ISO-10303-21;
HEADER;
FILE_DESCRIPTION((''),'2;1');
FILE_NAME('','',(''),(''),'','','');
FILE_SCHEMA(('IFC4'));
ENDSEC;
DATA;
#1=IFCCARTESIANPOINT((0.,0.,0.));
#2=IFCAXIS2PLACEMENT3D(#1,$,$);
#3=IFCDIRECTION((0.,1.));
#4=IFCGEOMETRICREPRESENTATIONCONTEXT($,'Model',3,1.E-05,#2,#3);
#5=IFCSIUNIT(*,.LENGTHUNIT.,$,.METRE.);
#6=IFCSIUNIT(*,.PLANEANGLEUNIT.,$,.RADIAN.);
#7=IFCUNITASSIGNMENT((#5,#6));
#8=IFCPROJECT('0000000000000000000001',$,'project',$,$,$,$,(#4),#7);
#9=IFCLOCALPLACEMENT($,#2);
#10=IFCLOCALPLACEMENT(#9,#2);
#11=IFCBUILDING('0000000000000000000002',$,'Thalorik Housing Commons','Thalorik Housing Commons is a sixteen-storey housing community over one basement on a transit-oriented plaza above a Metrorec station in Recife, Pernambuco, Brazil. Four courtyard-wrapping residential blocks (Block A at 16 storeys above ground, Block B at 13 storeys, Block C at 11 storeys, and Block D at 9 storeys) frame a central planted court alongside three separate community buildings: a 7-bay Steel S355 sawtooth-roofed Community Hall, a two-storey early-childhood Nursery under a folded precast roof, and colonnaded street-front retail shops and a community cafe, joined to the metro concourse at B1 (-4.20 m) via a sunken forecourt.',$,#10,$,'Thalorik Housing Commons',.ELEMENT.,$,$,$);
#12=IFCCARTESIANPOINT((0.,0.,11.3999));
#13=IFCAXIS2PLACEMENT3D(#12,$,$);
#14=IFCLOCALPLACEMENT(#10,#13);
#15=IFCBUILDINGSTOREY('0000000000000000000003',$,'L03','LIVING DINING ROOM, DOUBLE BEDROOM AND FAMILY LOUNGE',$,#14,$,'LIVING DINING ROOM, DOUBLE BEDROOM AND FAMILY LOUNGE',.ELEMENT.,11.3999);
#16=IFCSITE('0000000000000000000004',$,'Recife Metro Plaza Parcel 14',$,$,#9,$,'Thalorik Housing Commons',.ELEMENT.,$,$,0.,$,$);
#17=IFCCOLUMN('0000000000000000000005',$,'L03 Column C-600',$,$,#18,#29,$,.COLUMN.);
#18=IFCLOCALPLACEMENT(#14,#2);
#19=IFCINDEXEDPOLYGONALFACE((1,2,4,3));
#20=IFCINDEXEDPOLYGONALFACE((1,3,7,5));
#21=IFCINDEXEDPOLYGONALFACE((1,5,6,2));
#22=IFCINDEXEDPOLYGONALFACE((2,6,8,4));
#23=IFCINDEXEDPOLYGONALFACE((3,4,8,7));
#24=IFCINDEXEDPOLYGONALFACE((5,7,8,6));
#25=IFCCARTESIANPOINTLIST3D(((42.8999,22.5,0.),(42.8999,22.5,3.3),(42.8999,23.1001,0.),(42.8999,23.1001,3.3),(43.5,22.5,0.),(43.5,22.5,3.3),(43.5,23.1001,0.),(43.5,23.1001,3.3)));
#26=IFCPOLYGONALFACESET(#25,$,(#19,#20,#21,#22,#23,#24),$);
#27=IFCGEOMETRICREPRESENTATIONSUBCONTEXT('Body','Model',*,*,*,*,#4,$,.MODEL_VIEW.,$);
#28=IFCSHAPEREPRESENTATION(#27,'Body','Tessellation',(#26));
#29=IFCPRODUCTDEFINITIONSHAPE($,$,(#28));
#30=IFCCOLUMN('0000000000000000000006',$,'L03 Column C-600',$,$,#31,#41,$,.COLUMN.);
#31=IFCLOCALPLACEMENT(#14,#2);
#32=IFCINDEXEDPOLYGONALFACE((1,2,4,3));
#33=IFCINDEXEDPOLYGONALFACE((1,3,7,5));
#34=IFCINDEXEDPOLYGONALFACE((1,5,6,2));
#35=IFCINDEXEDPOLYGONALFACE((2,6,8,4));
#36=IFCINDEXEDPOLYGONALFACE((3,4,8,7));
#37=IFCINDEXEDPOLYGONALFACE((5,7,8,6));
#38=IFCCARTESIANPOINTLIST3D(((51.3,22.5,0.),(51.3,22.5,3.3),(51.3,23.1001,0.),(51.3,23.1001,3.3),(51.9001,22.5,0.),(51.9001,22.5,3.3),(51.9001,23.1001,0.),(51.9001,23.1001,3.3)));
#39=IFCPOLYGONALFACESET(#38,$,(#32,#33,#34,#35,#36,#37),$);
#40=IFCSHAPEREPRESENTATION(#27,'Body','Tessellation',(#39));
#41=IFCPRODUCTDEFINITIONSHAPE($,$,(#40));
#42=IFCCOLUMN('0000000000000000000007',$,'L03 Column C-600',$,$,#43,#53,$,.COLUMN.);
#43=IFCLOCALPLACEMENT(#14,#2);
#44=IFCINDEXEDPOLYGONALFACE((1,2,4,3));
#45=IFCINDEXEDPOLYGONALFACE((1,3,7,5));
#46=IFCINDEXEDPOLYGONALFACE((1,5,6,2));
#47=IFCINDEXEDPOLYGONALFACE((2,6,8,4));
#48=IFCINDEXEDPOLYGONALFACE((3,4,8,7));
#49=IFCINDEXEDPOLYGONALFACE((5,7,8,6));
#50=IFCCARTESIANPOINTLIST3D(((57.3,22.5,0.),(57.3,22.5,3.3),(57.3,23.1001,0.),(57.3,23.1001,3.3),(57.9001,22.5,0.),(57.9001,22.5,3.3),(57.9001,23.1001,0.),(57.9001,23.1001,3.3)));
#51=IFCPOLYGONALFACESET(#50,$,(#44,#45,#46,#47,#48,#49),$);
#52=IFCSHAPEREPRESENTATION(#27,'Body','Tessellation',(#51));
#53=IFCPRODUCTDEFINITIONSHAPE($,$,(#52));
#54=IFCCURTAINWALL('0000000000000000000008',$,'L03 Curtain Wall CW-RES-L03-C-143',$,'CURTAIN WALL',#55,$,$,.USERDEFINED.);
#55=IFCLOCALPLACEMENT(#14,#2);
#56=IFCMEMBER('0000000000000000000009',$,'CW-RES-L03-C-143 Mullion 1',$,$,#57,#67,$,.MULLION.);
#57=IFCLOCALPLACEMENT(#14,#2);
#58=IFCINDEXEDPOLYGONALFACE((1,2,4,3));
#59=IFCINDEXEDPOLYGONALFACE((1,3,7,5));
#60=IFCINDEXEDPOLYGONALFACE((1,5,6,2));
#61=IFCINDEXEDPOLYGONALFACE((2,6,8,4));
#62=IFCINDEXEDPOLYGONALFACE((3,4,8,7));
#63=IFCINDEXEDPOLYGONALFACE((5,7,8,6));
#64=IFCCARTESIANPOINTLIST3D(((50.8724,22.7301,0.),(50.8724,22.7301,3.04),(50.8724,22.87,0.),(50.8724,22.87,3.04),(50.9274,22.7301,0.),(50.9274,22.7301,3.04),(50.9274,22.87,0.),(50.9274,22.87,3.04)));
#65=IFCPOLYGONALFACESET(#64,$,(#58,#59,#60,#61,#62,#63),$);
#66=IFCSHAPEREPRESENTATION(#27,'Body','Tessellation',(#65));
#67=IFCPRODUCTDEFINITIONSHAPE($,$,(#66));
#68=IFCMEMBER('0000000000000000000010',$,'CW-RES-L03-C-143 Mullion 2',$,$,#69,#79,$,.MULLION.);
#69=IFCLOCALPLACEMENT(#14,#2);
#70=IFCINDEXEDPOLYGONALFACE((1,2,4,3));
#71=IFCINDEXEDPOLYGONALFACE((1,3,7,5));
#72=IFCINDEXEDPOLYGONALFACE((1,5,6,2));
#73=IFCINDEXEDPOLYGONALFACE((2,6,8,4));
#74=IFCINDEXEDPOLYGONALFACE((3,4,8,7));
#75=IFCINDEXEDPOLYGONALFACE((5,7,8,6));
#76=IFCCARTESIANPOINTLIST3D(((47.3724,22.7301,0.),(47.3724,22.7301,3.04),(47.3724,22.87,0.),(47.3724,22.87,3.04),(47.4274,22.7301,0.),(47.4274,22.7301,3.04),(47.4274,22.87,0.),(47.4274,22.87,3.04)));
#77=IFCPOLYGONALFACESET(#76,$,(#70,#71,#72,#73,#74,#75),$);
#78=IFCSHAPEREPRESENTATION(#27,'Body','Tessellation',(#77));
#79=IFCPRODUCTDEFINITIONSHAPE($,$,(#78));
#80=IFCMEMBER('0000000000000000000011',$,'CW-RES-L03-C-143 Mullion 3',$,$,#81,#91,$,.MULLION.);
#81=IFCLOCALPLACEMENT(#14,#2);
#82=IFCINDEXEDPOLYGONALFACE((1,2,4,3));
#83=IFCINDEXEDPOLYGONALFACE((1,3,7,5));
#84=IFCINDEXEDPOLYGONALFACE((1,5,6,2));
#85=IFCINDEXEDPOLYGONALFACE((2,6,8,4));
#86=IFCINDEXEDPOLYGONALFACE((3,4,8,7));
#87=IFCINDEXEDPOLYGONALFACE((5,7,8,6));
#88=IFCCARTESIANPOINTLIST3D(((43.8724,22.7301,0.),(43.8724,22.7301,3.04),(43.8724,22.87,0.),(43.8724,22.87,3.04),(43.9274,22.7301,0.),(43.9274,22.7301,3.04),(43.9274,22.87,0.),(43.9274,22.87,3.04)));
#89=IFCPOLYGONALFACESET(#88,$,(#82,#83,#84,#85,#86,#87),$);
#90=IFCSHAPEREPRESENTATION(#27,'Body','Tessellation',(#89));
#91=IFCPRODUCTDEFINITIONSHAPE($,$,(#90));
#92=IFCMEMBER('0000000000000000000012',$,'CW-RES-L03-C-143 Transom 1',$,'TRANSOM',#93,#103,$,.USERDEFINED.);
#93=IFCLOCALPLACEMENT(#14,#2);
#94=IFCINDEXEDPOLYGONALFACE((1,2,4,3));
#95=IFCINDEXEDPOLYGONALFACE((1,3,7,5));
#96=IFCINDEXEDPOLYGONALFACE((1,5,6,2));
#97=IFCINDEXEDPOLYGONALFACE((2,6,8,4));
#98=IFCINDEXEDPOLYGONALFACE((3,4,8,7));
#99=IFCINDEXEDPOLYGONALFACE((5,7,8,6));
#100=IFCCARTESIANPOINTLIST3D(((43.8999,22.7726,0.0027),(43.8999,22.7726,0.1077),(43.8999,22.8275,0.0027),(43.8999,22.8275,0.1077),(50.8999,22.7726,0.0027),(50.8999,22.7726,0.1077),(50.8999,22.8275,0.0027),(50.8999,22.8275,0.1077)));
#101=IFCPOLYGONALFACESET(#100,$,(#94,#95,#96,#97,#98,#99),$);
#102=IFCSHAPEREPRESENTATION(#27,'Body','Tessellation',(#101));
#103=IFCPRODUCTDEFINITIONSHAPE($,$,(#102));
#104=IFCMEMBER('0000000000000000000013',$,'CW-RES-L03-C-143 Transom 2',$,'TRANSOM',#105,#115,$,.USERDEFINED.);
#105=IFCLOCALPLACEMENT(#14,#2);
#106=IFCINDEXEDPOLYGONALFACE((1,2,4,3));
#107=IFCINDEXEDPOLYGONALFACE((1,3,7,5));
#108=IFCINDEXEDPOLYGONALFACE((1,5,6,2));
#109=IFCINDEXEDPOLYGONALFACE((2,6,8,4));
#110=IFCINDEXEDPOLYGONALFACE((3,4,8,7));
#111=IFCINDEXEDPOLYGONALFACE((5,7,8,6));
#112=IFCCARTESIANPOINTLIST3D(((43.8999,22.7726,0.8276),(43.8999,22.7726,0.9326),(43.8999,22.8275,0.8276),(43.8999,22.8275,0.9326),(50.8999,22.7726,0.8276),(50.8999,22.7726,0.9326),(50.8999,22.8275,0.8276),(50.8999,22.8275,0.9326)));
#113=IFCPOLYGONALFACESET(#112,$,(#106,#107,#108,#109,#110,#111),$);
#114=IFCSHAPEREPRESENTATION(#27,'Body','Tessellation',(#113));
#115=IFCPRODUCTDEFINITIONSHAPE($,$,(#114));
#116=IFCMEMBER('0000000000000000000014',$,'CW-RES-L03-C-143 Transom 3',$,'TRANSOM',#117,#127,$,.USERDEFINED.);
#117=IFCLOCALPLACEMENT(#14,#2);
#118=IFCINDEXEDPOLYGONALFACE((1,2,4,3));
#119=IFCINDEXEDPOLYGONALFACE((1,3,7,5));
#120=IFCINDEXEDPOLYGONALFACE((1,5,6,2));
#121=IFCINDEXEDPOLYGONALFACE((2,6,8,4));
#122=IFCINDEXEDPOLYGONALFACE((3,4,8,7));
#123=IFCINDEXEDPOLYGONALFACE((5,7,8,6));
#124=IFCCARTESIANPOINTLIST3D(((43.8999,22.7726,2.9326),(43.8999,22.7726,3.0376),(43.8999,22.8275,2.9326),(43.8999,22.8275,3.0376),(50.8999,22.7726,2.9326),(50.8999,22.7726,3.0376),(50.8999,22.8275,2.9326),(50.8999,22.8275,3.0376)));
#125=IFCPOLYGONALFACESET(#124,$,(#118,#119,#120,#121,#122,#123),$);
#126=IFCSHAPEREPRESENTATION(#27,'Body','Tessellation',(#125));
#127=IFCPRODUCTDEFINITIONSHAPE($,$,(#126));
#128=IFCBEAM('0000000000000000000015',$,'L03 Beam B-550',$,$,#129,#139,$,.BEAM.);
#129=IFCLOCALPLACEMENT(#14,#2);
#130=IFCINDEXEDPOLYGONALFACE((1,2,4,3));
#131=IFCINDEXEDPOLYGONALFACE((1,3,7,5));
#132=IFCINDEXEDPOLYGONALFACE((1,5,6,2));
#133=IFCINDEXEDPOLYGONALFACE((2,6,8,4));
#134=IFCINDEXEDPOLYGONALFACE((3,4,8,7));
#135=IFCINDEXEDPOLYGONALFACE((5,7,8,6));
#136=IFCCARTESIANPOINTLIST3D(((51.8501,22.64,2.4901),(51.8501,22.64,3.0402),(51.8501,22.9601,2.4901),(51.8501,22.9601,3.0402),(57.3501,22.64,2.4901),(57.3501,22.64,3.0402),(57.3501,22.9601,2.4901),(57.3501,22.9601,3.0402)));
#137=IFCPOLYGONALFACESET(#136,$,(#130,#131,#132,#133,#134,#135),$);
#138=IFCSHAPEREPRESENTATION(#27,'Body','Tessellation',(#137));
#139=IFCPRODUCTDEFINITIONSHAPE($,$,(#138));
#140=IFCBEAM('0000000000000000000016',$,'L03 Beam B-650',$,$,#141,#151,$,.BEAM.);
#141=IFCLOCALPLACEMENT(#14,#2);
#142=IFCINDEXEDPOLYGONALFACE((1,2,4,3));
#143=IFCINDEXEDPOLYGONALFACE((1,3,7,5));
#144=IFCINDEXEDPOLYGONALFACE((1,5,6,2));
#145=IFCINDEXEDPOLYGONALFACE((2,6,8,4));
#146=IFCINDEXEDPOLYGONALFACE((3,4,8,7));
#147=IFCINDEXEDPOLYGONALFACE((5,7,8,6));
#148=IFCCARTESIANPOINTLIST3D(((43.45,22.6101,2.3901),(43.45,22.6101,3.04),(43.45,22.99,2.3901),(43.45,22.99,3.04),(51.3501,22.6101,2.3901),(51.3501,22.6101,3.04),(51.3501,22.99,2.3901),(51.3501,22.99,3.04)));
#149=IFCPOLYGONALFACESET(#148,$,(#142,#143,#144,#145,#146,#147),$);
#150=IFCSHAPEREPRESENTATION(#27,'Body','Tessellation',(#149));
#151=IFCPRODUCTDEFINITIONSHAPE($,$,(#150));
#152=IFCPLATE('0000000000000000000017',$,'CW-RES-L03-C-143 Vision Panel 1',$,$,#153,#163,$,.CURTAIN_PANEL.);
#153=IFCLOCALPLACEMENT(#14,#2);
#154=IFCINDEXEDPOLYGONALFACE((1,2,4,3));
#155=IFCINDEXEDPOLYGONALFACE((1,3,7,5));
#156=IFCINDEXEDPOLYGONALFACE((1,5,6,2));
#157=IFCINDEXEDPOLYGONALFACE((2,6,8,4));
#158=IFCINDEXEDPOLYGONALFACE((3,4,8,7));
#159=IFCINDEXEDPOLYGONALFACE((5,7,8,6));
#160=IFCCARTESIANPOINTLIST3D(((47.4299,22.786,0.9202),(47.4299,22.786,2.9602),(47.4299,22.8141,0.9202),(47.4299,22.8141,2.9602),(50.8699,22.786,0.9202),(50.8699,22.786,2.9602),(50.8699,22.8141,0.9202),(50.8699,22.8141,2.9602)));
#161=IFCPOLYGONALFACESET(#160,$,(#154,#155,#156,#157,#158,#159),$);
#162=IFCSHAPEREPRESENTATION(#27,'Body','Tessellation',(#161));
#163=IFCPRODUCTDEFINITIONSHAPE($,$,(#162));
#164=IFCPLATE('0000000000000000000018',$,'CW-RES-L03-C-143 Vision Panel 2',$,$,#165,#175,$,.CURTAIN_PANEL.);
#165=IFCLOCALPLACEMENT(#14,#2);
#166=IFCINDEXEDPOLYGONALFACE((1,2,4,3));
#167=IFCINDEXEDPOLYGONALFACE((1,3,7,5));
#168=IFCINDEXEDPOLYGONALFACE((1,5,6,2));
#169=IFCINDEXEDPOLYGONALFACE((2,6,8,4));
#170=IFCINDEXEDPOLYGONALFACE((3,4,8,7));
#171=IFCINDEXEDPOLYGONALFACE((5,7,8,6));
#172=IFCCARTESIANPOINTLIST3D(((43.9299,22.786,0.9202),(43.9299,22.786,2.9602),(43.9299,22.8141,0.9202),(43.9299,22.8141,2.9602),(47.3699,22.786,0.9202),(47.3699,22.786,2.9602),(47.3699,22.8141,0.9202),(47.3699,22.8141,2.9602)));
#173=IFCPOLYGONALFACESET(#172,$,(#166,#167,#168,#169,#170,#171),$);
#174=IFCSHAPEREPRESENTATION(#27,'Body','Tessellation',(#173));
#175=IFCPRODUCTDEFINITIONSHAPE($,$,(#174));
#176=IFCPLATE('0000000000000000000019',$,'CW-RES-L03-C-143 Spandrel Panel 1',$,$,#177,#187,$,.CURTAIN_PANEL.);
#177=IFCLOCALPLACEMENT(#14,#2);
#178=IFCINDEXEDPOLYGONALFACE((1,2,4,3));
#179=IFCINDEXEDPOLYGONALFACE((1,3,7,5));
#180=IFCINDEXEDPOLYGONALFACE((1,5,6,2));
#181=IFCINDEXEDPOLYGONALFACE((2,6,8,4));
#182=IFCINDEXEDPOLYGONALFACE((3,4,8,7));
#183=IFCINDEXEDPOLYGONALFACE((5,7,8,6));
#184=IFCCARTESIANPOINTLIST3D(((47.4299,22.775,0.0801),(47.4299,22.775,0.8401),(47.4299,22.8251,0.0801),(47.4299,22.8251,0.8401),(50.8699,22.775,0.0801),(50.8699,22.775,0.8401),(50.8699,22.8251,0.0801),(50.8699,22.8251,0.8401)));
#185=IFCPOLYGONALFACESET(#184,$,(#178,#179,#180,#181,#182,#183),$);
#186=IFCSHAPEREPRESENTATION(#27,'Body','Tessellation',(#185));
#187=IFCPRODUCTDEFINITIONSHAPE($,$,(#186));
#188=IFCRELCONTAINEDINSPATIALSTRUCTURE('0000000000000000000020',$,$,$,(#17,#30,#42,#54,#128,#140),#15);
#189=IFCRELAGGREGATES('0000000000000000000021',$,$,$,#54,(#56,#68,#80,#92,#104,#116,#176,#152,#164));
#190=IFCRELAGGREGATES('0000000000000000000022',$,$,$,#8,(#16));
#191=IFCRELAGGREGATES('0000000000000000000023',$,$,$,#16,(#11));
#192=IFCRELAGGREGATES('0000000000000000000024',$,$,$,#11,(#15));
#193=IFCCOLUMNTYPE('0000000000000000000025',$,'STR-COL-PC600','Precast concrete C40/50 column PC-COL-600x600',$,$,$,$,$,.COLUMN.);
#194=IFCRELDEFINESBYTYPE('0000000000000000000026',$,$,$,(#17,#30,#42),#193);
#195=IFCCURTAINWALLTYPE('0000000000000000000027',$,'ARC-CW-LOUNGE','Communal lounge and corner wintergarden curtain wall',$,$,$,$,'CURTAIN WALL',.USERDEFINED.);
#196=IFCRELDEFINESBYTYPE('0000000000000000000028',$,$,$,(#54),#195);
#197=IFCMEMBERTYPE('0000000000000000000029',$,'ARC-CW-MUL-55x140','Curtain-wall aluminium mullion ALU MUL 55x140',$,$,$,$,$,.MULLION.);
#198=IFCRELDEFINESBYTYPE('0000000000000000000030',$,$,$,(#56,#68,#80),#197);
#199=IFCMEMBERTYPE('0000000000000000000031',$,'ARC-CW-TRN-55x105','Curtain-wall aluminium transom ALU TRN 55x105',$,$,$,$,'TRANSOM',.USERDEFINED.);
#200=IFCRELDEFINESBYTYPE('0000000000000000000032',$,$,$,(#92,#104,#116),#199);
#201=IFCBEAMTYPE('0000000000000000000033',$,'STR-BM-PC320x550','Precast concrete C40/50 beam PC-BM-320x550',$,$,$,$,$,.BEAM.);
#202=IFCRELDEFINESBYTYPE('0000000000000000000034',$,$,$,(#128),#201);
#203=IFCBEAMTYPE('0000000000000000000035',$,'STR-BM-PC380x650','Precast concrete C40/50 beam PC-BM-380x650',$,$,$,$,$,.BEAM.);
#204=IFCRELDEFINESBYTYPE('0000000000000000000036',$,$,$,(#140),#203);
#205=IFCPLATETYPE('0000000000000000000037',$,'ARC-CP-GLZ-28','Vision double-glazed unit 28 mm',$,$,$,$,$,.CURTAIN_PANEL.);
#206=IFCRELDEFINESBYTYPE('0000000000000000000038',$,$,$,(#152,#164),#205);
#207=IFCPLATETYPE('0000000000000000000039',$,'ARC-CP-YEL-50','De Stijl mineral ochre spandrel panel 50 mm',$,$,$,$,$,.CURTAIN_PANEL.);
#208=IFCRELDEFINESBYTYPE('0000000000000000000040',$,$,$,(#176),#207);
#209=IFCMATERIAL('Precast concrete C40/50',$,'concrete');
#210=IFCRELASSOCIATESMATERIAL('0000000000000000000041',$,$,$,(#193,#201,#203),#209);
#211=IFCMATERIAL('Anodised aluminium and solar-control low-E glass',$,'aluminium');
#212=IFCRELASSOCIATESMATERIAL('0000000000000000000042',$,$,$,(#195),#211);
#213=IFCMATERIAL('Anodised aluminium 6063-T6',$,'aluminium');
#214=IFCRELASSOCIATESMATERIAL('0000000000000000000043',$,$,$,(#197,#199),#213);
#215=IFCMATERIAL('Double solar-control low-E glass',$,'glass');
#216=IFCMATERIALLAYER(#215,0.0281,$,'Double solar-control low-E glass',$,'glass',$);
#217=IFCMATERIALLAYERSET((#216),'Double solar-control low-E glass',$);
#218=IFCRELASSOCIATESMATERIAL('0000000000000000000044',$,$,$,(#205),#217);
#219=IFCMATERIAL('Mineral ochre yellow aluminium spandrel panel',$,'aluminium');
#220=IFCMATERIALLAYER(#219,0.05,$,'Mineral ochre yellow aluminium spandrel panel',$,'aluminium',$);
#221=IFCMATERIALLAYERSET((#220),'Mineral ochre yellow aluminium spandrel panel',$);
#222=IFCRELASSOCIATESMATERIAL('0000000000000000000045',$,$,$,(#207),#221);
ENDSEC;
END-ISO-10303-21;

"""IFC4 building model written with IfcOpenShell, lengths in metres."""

from ifc_helpers import new_model, si_unit, direction, frame, origin, origin_2d, place, context, subcontext, project, spatial, rectangle, extrude, material, layer, layer_set, material_profile, profile_set, type_object, element, aggregate, save


model = new_model("IFC4")

# Units and contexts
model_context = context("Model", 3, precision=1e-05, world=origin(), true_north=direction((0.0, 1.0)))
body_context = subcontext(model_context, "Body", "Model", "MODEL_VIEW")
ifc_project = project(units=[si_unit("LENGTHUNIT", "METRE"), si_unit("PLANEANGLEUNIT", "RADIAN")], contexts=[model_context])

# Site, building, storey
site_placement = place(None, origin())
site = spatial("IfcSite", under=ifc_project, at=site_placement, Name="Recife Metro Plaza Parcel 14", LongName="Thalorik Housing Commons", CompositionType="ELEMENT", RefElevation=0.0)
building_placement = place(site_placement, origin())
building = spatial("IfcBuilding", under=site, at=building_placement, Name="Thalorik Housing Commons", Description="Thalorik Housing Commons is a sixteen-storey housing community over one basement on a transit-oriented plaza above a Metrorec station in Recife, Pernambuco, Brazil. Four courtyard-wrapping residential blocks (Block A at 16 storeys above ground, Block B at 13 storeys, Block C at 11 storeys, and Block D at 9 storeys) frame a central planted court alongside three separate community buildings: a 7-bay Steel S355 sawtooth-roofed Community Hall, a two-storey early-childhood Nursery under a folded precast roof, and colonnaded street-front retail shops and a community cafe, joined to the metro concourse at B1 (-4.20 m) via a sunken forecourt.", LongName="Thalorik Housing Commons", CompositionType="ELEMENT")
storey_placement = place(building_placement, frame((0.0, 0.0, 11.3999)))
storey = spatial("IfcBuildingStorey", under=building, at=storey_placement, Name="L03", Description="LIVING DINING ROOM, DOUBLE BEDROOM AND FAMILY LOUNGE", LongName="LIVING DINING ROOM, DOUBLE BEDROOM AND FAMILY LOUNGE", CompositionType="ELEMENT", Elevation=11.3999)

# Columns
ifc_material_1 = material(Name="Precast concrete C40/50", Category="concrete")
ifc_material_profile_1 = material_profile(ifc_material_1, rectangle(XDim=0.6001, YDim=0.6001, at=origin_2d()), Name="PC 600x600", Category="concrete")
ifc_profile_set_1 = profile_set([ifc_material_profile_1], Name="Precast concrete C40/50")
column_type = type_object("IfcColumnType", Name="STR-COL-PC600", Description="Precast concrete C40/50 column PC-COL-600x600", PredefinedType="COLUMN", material=ifc_profile_set_1)
for number, where, z_axis, x_axis, name in (
    (1, (43.2, 22.8, 0.0), (0.0, 0.0, 1.0), (1.0, 0.0, 0.0), "L03 Column C-600"),
    (2, (51.6001, 22.8, 0.0), (0.0, 0.0, 1.0), (1.0, 0.0, 0.0), "L03 Column C-600"),
    (3, (57.6001, 22.8, 0.0), (0.0, 0.0, 1.0), (1.0, 0.0, 0.0), "L03 Column C-600"),
):
    element("IfcColumn", number, at=place(storey_placement, frame(where, z_axis=z_axis, x_axis=x_axis)), inside=storey, type_object=column_type, Name=name, PredefinedType="COLUMN", context=body_context, shape_type="SweptSolid", body=[
        extrude(rectangle(XDim=0.6001, YDim=0.6001, at=origin_2d()), origin(), (0.0, 0.0, 1.0), 3.3),
    ])

# Curtain wall, members
ifc_material_2 = material(Name="Anodised aluminium and solar-control low-E glass", Category="aluminium")
curtain_wall_type = type_object("IfcCurtainWallType", Name="ARC-CW-LOUNGE", Description="Communal lounge and corner wintergarden curtain wall", ElementType="CURTAIN WALL", PredefinedType="USERDEFINED", material=ifc_material_2)
curtain_wall_placement = place(storey_placement, origin())
curtain_wall = element("IfcCurtainWall", 4, at=curtain_wall_placement, inside=storey, type_object=curtain_wall_type, Name="L03 Curtain Wall CW-RES-L03-C-143", ObjectType="CURTAIN WALL", PredefinedType="USERDEFINED")
ifc_material_3 = material(Name="Anodised aluminium 6063-T6", Category="aluminium")
ifc_material_profile_2 = material_profile(ifc_material_3, rectangle(XDim=0.0549, YDim=0.1399, at=origin_2d()), Name="ALU MUL 55x140", Category="aluminium")
ifc_profile_set_2 = profile_set([ifc_material_profile_2], Name="Anodised aluminium 6063-T6")
member_type_1 = type_object("IfcMemberType", Name="ARC-CW-MUL-55x140", Description="Curtain-wall aluminium mullion ALU MUL 55x140", PredefinedType="MULLION", material=ifc_profile_set_2)
member_1_placement = place(storey_placement, frame((50.8999, 22.8, 0.0), z_axis=(0.0, 0.0, 1.0), x_axis=(-1.0, 0.0, 0.0)))
member_1 = element("IfcMember", 5, at=member_1_placement, type_object=member_type_1, Name="CW-RES-L03-C-143 Mullion 1", PredefinedType="MULLION", context=body_context, shape_type="SweptSolid", body=[
    extrude(rectangle(XDim=0.0549, YDim=0.1399, at=origin_2d()), origin(), (0.0, 0.0, 1.0), 3.04),
])
member_2_placement = place(storey_placement, frame((47.3999, 22.8, 0.0), z_axis=(0.0, 0.0, 1.0), x_axis=(-1.0, 0.0, 0.0)))
member_2 = element("IfcMember", 6, at=member_2_placement, type_object=member_type_1, Name="CW-RES-L03-C-143 Mullion 2", PredefinedType="MULLION", context=body_context, shape_type="SweptSolid", body=[
    extrude(rectangle(XDim=0.0549, YDim=0.1399, at=origin_2d()), origin(), (0.0, 0.0, 1.0), 3.04),
])
member_3_placement = place(storey_placement, frame((43.8999, 22.8, 0.0), z_axis=(0.0, 0.0, 1.0), x_axis=(-1.0, 0.0, 0.0)))
member_3 = element("IfcMember", 7, at=member_3_placement, type_object=member_type_1, Name="CW-RES-L03-C-143 Mullion 3", PredefinedType="MULLION", context=body_context, shape_type="SweptSolid", body=[
    extrude(rectangle(XDim=0.0549, YDim=0.1399, at=origin_2d()), origin(), (0.0, 0.0, 1.0), 3.04),
])
ifc_material_profile_3 = material_profile(ifc_material_3, rectangle(XDim=0.0549, YDim=0.105, at=origin_2d()), Name="ALU TRN 55x105", Category="aluminium")
ifc_profile_set_3 = profile_set([ifc_material_profile_3], Name="Anodised aluminium 6063-T6")
member_type_2 = type_object("IfcMemberType", Name="ARC-CW-TRN-55x105", Description="Curtain-wall aluminium transom ALU TRN 55x105", ElementType="TRANSOM", PredefinedType="USERDEFINED", material=ifc_profile_set_3)
member_4_placement = place(storey_placement, frame((50.8999, 22.8, 0.0552), z_axis=(-1.0, 0.0, 0.0), x_axis=(0.0, -1.0, 0.0)))
member_4 = element("IfcMember", 8, at=member_4_placement, type_object=member_type_2, Name="CW-RES-L03-C-143 Transom 1", ObjectType="TRANSOM", PredefinedType="USERDEFINED", context=body_context, shape_type="SweptSolid", body=[
    extrude(rectangle(XDim=0.0549, YDim=0.105, at=origin_2d()), origin(), (0.0, 0.0, 1.0), 7.0),
])
member_5_placement = place(storey_placement, frame((50.8999, 22.8, 0.8801), z_axis=(-1.0, 0.0, 0.0), x_axis=(0.0, -1.0, 0.0)))
member_5 = element("IfcMember", 9, at=member_5_placement, type_object=member_type_2, Name="CW-RES-L03-C-143 Transom 2", ObjectType="TRANSOM", PredefinedType="USERDEFINED", context=body_context, shape_type="SweptSolid", body=[
    extrude(rectangle(XDim=0.0549, YDim=0.105, at=origin_2d()), origin(), (0.0, 0.0, 1.0), 7.0),
])
member_6_placement = place(storey_placement, frame((50.8999, 22.8, 2.9851), z_axis=(-1.0, 0.0, 0.0), x_axis=(0.0, -1.0, 0.0)))
member_6 = element("IfcMember", 10, at=member_6_placement, type_object=member_type_2, Name="CW-RES-L03-C-143 Transom 3", ObjectType="TRANSOM", PredefinedType="USERDEFINED", context=body_context, shape_type="SweptSolid", body=[
    extrude(rectangle(XDim=0.0549, YDim=0.105, at=origin_2d()), origin(), (0.0, 0.0, 1.0), 7.0),
])

# Beams
ifc_material_profile_4 = material_profile(ifc_material_1, rectangle(XDim=0.3201, YDim=0.55, at=origin_2d()), Name="PC 320x550", Category="concrete")
ifc_profile_set_4 = profile_set([ifc_material_profile_4], Name="Precast concrete C40/50")
beam_type_1 = type_object("IfcBeamType", Name="STR-BM-PC320x550", Description="Precast concrete C40/50 beam PC-BM-320x550", PredefinedType="BEAM", material=ifc_profile_set_4)
beam_1_placement = place(storey_placement, frame((51.8501, 22.8, 2.7651), z_axis=(1.0, 0.0, 0.0), x_axis=(0.0, 1.0, 0.0)))
element("IfcBeam", 11, at=beam_1_placement, inside=storey, type_object=beam_type_1, Name="L03 Beam B-550", PredefinedType="BEAM", context=body_context, shape_type="SweptSolid", body=[
    extrude(rectangle(XDim=0.3201, YDim=0.55, at=origin_2d()), origin(), (0.0, 0.0, 1.0), 5.5),
])
ifc_material_profile_5 = material_profile(ifc_material_1, rectangle(XDim=0.3799, YDim=0.6499, at=origin_2d()), Name="PC 380x650", Category="concrete")
ifc_profile_set_5 = profile_set([ifc_material_profile_5], Name="Precast concrete C40/50")
beam_type_2 = type_object("IfcBeamType", Name="STR-BM-PC380x650", Description="Precast concrete C40/50 beam PC-BM-380x650", PredefinedType="BEAM", material=ifc_profile_set_5)
beam_2_placement = place(storey_placement, frame((43.45, 22.8, 2.7151), z_axis=(1.0, 0.0, 0.0), x_axis=(0.0, 1.0, 0.0)))
element("IfcBeam", 12, at=beam_2_placement, inside=storey, type_object=beam_type_2, Name="L03 Beam B-650", PredefinedType="BEAM", context=body_context, shape_type="SweptSolid", body=[
    extrude(rectangle(XDim=0.3799, YDim=0.6499, at=origin_2d()), origin(), (0.0, 0.0, 1.0), 7.9001),
])

# Plates
ifc_material_4 = material(Name="Double solar-control low-E glass", Category="glass")
ifc_layer_1 = layer(ifc_material_4, 0.0281, Name="Double solar-control low-E glass", Category="glass")
ifc_layer_set_1 = layer_set([ifc_layer_1], Name="Double solar-control low-E glass")
plate_type_1 = type_object("IfcPlateType", Name="ARC-CP-GLZ-28", Description="Vision double-glazed unit 28 mm", PredefinedType="CURTAIN_PANEL", material=ifc_layer_set_1)
plate_1_placement = place(storey_placement, frame((49.1499, 22.8, 0.9202), z_axis=(0.0, 0.0, 1.0), x_axis=(-1.0, 0.0, 0.0)))
plate_1 = element("IfcPlate", 13, at=plate_1_placement, type_object=plate_type_1, Name="CW-RES-L03-C-143 Vision Panel 1", PredefinedType="CURTAIN_PANEL", context=body_context, shape_type="SweptSolid", body=[
    extrude(rectangle(XDim=3.4399, YDim=0.0281, at=origin_2d()), origin(), (0.0, 0.0, 1.0), 2.04),
])
plate_2_placement = place(storey_placement, frame((45.6499, 22.8, 0.9202), z_axis=(0.0, 0.0, 1.0), x_axis=(-1.0, 0.0, 0.0)))
plate_2 = element("IfcPlate", 14, at=plate_2_placement, type_object=plate_type_1, Name="CW-RES-L03-C-143 Vision Panel 2", PredefinedType="CURTAIN_PANEL", context=body_context, shape_type="SweptSolid", body=[
    extrude(rectangle(XDim=3.4399, YDim=0.0281, at=origin_2d()), origin(), (0.0, 0.0, 1.0), 2.04),
])
ifc_material_5 = material(Name="Mineral ochre yellow aluminium spandrel panel", Category="aluminium")
ifc_layer_2 = layer(ifc_material_5, 0.05, Name="Mineral ochre yellow aluminium spandrel panel", Category="aluminium")
ifc_layer_set_2 = layer_set([ifc_layer_2], Name="Mineral ochre yellow aluminium spandrel panel")
plate_type_2 = type_object("IfcPlateType", Name="ARC-CP-YEL-50", Description="De Stijl mineral ochre spandrel panel 50 mm", PredefinedType="CURTAIN_PANEL", material=ifc_layer_set_2)
plate_3_placement = place(storey_placement, frame((49.1499, 22.8, 0.0801), z_axis=(0.0, 0.0, 1.0), x_axis=(-1.0, 0.0, 0.0)))
plate_3 = element("IfcPlate", 15, at=plate_3_placement, type_object=plate_type_2, Name="CW-RES-L03-C-143 Spandrel Panel 1", PredefinedType="CURTAIN_PANEL", context=body_context, shape_type="SweptSolid", body=[
    extrude(rectangle(XDim=3.4399, YDim=0.05, at=origin_2d()), origin(), (0.0, 0.0, 1.0), 0.76),
])
aggregate(curtain_wall, [member_1, member_2, member_3, member_4, member_5, member_6, plate_3, plate_1, plate_2])

save(model, "model.ifc")
